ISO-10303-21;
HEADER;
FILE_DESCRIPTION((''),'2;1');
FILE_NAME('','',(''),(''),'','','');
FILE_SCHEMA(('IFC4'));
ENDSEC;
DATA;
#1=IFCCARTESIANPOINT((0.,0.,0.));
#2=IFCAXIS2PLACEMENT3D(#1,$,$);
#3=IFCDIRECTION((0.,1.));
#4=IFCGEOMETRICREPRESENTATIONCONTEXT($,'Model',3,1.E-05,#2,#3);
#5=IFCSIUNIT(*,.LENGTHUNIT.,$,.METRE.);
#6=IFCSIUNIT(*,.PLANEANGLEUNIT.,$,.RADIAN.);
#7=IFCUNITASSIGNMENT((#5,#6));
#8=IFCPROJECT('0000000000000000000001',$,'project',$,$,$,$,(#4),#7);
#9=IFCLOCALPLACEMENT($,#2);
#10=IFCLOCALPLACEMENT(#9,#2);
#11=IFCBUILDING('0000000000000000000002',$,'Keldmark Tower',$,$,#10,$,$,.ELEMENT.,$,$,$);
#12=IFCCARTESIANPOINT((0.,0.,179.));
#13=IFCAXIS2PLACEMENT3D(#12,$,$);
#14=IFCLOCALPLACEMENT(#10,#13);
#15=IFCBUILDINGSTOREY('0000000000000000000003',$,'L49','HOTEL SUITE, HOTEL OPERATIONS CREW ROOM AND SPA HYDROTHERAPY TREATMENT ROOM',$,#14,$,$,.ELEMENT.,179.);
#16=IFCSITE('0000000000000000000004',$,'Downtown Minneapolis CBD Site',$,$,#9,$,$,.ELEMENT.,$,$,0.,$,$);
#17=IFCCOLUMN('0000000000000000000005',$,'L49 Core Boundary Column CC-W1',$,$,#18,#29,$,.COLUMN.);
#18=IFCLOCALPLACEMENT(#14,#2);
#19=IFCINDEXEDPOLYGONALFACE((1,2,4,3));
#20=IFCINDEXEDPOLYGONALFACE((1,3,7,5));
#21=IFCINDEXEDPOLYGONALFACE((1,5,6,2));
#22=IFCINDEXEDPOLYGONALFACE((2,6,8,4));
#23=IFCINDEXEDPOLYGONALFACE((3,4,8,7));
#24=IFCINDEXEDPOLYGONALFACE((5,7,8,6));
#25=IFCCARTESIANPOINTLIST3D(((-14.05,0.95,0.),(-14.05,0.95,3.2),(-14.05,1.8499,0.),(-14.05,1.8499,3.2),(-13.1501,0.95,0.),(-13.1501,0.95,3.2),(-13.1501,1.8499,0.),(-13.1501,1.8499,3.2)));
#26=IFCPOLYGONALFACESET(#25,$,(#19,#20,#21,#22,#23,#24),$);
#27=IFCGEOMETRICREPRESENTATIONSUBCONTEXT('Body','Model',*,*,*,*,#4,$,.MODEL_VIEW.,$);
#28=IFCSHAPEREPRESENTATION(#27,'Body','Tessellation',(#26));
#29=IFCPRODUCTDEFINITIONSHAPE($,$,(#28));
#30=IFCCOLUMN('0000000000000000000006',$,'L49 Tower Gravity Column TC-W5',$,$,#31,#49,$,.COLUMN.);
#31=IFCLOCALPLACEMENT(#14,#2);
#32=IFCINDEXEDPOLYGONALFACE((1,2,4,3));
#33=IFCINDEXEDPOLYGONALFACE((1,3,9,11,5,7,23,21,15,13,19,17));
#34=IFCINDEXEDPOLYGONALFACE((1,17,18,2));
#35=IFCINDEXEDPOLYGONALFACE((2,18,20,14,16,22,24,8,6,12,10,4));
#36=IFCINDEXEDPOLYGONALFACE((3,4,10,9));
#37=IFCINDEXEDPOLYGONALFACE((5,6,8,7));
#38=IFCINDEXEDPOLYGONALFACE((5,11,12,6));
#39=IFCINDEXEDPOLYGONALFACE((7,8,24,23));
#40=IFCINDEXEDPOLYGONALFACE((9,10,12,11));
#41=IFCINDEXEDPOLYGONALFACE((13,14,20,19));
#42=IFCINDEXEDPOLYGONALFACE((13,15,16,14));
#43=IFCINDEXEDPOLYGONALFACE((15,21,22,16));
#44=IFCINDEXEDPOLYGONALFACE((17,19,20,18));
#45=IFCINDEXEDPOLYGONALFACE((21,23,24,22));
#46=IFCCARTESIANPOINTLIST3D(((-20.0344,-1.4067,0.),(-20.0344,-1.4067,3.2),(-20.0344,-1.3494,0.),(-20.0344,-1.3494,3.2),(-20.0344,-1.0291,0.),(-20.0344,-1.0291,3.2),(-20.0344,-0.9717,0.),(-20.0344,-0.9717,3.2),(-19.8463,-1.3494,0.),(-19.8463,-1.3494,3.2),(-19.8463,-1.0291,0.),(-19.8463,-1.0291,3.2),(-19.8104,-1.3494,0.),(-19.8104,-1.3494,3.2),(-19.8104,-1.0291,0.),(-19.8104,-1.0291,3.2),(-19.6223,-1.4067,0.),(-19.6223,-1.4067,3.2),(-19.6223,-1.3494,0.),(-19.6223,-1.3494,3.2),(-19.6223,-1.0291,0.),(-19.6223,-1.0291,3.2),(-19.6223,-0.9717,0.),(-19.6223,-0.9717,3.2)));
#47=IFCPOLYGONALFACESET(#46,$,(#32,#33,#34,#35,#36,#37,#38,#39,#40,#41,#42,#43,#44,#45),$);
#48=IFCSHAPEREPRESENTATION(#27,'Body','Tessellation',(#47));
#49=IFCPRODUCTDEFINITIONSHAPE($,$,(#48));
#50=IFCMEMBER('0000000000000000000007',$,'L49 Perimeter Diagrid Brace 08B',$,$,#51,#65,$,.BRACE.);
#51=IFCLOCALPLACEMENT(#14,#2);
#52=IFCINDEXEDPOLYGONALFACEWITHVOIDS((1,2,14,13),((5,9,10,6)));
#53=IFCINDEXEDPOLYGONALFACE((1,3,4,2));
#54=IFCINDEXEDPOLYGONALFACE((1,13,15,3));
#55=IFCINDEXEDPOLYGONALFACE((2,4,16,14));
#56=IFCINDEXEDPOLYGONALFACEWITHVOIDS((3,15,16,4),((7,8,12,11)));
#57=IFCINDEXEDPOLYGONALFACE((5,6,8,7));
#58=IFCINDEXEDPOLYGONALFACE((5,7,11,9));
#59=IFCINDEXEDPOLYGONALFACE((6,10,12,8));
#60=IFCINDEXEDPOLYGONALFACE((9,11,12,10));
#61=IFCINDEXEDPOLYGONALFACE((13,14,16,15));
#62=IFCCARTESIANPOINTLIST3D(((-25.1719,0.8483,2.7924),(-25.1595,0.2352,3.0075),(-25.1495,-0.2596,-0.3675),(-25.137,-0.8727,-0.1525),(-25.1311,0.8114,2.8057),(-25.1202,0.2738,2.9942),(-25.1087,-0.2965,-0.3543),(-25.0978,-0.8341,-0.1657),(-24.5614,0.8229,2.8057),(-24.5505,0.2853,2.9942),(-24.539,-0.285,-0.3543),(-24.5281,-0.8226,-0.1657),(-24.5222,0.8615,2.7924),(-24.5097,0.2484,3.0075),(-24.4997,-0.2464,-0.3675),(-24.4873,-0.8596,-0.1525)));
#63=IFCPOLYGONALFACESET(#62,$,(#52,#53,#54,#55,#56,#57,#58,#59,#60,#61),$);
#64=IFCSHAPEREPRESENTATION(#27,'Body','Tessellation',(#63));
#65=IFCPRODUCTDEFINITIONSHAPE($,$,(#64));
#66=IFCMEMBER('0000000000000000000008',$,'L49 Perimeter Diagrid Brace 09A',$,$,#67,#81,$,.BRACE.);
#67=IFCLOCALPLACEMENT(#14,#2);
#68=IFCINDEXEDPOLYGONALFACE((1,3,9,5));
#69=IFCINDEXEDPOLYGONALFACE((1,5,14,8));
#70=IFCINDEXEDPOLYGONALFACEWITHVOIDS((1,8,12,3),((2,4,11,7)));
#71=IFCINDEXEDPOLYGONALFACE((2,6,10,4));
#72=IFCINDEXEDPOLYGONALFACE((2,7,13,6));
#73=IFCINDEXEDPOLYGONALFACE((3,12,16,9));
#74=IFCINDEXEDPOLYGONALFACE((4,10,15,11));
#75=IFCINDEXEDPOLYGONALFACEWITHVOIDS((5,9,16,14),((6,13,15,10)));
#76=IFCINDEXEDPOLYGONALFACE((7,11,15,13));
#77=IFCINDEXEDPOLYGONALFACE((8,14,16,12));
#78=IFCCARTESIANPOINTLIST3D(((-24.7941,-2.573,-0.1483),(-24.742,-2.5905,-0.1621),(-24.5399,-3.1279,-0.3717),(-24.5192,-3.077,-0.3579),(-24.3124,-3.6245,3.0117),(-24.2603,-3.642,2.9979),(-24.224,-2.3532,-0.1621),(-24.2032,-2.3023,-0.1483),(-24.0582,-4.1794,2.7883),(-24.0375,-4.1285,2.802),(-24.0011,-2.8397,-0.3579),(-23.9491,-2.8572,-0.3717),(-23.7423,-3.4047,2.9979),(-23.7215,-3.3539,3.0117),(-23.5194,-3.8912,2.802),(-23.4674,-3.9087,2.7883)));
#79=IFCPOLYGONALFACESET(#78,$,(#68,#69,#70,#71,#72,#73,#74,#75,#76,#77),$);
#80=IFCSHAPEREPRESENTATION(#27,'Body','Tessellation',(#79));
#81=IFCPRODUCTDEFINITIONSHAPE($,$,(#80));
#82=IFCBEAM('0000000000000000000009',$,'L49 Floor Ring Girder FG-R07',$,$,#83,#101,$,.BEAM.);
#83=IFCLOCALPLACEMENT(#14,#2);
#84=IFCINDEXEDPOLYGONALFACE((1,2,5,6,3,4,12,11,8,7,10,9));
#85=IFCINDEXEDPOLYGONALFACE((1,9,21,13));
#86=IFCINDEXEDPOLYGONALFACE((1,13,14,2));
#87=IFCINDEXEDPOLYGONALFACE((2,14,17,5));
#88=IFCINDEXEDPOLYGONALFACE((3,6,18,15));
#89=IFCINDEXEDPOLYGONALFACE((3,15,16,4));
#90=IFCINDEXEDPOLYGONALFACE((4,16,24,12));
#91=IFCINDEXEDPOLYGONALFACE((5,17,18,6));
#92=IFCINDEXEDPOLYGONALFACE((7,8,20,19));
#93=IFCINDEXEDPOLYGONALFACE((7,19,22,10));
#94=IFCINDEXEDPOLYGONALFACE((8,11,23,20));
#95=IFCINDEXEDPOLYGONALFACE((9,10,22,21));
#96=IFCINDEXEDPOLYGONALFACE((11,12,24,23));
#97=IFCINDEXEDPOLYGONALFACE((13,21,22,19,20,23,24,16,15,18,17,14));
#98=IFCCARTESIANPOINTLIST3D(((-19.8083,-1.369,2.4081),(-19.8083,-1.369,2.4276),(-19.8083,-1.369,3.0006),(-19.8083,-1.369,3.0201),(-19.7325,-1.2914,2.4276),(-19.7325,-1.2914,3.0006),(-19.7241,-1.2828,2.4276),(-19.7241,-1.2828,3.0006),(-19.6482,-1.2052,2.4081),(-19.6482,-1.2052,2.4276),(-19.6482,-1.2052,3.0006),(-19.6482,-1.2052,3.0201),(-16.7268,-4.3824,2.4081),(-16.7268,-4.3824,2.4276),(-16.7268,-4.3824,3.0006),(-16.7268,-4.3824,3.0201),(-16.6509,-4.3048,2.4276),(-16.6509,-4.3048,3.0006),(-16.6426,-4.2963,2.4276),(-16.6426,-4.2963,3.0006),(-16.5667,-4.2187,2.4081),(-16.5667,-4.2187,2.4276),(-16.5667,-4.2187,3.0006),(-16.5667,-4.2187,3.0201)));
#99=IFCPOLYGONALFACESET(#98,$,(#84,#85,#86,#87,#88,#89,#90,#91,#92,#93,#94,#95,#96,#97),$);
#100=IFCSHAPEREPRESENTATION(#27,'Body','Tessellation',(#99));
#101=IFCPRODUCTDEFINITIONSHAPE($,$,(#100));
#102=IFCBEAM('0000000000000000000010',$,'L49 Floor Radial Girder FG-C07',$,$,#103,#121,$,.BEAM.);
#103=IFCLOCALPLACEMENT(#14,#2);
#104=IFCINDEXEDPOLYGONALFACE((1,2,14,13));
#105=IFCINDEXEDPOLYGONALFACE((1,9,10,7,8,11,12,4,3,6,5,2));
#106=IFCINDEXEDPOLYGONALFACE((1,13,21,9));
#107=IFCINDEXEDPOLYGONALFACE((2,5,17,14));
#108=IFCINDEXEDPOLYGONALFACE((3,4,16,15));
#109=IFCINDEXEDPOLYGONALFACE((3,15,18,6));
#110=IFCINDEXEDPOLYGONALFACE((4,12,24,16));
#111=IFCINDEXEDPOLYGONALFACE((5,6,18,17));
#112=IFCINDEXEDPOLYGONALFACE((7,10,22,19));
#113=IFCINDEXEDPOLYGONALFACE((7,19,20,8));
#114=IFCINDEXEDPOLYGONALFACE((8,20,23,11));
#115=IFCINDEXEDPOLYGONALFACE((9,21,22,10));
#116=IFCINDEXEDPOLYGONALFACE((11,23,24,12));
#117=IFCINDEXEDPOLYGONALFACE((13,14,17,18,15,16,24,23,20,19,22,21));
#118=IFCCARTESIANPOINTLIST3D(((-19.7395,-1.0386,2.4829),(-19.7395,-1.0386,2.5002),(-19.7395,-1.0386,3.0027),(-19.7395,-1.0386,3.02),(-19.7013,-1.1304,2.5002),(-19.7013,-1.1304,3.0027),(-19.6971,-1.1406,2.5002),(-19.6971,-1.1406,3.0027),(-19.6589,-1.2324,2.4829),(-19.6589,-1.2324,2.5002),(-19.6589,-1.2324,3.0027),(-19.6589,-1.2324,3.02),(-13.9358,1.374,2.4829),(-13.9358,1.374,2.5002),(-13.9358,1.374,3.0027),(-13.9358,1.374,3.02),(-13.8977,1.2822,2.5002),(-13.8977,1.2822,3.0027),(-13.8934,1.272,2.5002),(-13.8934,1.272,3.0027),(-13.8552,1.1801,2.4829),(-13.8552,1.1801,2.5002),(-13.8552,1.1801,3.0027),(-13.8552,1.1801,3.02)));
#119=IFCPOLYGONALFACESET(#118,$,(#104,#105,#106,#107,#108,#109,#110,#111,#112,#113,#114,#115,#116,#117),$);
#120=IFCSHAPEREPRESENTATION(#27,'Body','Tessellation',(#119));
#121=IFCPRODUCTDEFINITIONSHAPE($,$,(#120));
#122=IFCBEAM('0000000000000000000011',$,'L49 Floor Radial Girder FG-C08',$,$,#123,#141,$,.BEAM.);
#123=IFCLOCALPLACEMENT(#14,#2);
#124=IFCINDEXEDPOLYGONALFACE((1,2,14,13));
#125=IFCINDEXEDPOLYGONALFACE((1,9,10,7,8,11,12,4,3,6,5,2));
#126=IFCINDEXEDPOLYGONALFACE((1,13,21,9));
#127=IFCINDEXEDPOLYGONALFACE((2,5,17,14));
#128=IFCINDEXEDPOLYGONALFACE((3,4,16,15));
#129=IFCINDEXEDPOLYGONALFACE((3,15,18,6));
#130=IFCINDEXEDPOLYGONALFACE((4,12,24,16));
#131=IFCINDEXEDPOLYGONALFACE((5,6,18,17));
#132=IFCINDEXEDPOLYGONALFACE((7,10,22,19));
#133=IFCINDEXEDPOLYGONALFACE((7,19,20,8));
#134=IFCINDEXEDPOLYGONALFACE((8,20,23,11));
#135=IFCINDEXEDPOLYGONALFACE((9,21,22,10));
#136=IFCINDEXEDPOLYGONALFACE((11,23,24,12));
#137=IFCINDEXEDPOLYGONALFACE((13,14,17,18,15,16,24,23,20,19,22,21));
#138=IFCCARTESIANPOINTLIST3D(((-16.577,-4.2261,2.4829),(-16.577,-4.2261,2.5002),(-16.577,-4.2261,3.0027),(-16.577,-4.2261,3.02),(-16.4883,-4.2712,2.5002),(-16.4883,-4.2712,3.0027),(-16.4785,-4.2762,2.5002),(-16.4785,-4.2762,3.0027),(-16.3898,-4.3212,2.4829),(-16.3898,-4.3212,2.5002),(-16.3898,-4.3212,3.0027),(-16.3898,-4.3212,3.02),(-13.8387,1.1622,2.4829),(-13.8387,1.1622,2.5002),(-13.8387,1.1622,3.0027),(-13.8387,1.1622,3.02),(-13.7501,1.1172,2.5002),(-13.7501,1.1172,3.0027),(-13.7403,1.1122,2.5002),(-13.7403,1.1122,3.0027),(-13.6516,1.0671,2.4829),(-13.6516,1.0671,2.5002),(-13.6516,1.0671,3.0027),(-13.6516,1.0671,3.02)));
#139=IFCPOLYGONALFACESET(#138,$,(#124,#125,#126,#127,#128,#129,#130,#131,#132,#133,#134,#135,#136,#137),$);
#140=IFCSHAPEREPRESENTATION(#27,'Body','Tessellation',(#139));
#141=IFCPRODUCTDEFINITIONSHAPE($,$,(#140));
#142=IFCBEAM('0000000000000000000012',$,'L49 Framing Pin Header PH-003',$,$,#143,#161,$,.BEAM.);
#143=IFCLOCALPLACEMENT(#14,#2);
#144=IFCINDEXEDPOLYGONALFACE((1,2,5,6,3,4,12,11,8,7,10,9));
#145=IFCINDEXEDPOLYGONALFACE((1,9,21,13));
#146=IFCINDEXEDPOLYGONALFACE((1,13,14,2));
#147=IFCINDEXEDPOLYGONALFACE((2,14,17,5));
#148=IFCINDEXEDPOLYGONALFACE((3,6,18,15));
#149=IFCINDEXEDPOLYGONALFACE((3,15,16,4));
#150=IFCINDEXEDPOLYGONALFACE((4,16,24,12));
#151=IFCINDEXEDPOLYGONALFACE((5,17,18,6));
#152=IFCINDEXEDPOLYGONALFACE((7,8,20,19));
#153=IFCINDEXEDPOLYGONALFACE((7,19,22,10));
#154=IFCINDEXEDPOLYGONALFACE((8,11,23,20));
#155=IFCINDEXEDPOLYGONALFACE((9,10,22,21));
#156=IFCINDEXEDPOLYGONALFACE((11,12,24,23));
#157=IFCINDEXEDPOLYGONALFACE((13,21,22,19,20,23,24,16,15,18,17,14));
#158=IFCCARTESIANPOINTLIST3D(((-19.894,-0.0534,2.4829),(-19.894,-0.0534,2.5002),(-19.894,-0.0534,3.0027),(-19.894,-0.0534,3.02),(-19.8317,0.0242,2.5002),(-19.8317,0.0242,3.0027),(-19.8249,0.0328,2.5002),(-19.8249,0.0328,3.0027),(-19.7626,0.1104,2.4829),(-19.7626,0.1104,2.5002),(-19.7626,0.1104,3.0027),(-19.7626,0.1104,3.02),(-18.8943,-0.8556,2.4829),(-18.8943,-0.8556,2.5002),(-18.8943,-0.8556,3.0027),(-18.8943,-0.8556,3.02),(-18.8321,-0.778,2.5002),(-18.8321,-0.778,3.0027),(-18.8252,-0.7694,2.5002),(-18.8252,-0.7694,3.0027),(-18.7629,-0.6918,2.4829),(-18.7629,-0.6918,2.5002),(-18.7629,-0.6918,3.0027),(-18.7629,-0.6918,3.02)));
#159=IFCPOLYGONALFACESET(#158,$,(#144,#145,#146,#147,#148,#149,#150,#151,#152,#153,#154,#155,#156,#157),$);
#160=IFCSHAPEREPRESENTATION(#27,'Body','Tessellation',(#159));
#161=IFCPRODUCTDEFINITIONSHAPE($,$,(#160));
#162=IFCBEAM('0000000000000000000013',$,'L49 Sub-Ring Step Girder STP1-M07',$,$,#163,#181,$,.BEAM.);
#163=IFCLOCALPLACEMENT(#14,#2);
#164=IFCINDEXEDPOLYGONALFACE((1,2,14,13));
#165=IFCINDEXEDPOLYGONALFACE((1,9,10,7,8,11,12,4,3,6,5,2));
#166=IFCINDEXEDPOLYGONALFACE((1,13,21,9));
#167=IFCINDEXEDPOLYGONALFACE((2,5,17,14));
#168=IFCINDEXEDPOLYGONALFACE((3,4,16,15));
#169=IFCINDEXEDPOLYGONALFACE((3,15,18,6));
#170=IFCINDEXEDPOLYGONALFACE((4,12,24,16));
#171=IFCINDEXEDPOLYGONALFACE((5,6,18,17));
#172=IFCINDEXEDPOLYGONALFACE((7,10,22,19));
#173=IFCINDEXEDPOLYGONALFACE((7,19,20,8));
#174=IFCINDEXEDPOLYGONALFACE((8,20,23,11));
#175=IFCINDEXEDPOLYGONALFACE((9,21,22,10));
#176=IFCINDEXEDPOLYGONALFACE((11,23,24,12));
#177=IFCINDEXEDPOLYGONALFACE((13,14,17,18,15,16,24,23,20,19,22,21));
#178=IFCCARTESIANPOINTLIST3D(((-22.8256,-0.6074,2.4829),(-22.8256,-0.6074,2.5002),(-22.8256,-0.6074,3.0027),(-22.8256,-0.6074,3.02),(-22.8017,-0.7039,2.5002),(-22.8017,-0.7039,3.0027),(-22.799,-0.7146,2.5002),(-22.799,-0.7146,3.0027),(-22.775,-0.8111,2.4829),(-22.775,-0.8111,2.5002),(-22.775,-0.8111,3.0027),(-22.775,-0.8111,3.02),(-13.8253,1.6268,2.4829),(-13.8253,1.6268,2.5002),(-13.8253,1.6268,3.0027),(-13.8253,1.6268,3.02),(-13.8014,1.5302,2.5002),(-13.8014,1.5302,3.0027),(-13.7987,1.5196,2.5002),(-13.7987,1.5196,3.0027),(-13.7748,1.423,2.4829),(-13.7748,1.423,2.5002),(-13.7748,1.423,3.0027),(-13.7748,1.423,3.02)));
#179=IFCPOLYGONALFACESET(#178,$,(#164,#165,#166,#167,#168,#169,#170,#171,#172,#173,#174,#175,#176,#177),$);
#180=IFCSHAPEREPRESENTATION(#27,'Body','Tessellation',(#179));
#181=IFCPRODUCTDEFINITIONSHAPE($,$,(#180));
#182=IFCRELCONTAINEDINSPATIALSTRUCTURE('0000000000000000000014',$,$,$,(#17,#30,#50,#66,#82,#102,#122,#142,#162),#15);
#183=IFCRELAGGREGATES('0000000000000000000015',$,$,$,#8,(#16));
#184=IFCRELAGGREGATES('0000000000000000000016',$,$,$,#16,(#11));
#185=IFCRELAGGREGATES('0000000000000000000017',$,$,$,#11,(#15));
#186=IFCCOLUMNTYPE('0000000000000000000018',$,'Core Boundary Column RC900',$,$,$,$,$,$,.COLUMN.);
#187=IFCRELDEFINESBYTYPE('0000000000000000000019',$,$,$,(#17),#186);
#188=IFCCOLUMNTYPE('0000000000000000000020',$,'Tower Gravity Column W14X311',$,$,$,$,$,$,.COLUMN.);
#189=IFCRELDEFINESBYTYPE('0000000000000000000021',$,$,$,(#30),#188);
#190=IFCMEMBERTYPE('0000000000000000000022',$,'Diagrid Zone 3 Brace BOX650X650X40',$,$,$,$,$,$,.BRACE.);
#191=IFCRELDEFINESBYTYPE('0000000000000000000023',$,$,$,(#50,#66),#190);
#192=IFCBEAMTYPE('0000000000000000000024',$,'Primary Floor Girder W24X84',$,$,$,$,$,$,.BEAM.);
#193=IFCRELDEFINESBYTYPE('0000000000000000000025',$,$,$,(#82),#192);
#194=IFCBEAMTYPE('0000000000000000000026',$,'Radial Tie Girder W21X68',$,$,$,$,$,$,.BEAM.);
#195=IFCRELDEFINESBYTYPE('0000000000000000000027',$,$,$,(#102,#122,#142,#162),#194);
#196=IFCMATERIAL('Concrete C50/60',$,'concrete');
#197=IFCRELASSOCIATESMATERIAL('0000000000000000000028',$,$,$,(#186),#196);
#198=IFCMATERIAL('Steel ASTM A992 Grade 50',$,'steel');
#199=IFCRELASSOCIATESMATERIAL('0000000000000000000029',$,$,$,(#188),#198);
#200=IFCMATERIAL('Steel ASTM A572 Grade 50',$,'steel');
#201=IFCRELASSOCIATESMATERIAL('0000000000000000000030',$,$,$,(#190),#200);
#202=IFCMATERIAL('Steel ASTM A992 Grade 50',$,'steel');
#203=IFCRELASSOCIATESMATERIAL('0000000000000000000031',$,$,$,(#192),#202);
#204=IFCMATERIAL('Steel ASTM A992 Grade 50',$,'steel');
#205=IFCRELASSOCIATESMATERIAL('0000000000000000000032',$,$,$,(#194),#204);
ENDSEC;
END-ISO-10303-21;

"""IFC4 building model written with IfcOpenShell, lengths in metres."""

from ifc_helpers import new_model, si_unit, direction, frame, origin, origin_2d, place, context, subcontext, project, spatial, rectangle, hollow_rectangle, i_section, extrude, material, material_profile, profile_set, type_object, element, save


model = new_model("IFC4")

# Units and contexts
model_context = context("Model", 3, precision=1e-05, world=origin(), true_north=direction((0.0, 1.0)))
body_context = subcontext(model_context, "Body", "Model", "MODEL_VIEW")
ifc_project = project(units=[si_unit("LENGTHUNIT", "METRE"), si_unit("PLANEANGLEUNIT", "RADIAN")], contexts=[model_context])

# Site, building, storey
site_placement = place(None, origin())
site = spatial("IfcSite", under=ifc_project, at=site_placement, Name="Downtown Minneapolis CBD Site", CompositionType="ELEMENT", RefElevation=0.0)
building_placement = place(site_placement, origin())
building = spatial("IfcBuilding", under=site, at=building_placement, Name="Keldmark Tower", CompositionType="ELEMENT")
storey_placement = place(building_placement, frame((0.0, 0.0, 179.0)))
storey = spatial("IfcBuildingStorey", under=building, at=storey_placement, Name="L49", Description="HOTEL SUITE, HOTEL OPERATIONS CREW ROOM AND SPA HYDROTHERAPY TREATMENT ROOM", CompositionType="ELEMENT", Elevation=179.0)

# Columns
ifc_material_1 = material(Name="Concrete C50/60", Category="concrete")
ifc_material_profile_1 = material_profile(ifc_material_1, rectangle(XDim=0.8999, YDim=0.8999, at=origin_2d()), Name="RC900X900")
ifc_profile_set_1 = profile_set([ifc_material_profile_1], Name="Concrete C50/60")
column_type_1 = type_object("IfcColumnType", Name="Core Boundary Column RC900", PredefinedType="COLUMN", material=ifc_profile_set_1)
column_1_placement = place(storey_placement, frame((-13.6001, 1.3999, 0.0), z_axis=(0.0, 0.0, 1.0), x_axis=(1.0, 0.0, 0.0)))
element("IfcColumn", 1, at=column_1_placement, inside=storey, type_object=column_type_1, Name="L49 Core Boundary Column CC-W1", PredefinedType="COLUMN", context=body_context, shape_type="SweptSolid", body=[
    extrude(rectangle(XDim=0.8999, YDim=0.8999, at=origin_2d()), origin(), (0.0, 0.0, 1.0), 3.2),
])
ifc_material_2 = material(Name="Steel ASTM A992 Grade 50", Category="steel")
ifc_material_profile_2 = material_profile(ifc_material_2, i_section(OverallWidth=0.4121, OverallDepth=0.4351, WebThickness=0.0359, FlangeThickness=0.0574, at=origin_2d()), Name="W14X311")
ifc_profile_set_2 = profile_set([ifc_material_profile_2], Name="Steel ASTM A992 Grade 50")
column_type_2 = type_object("IfcColumnType", Name="Tower Gravity Column W14X311", PredefinedType="COLUMN", material=ifc_profile_set_2)
column_2_placement = place(storey_placement, frame((-19.8284, -1.1892, 0.0), z_axis=(0.0, 0.0, 1.0), x_axis=(1.0, 0.0, 0.0)))
element("IfcColumn", 2, at=column_2_placement, inside=storey, type_object=column_type_2, Name="L49 Tower Gravity Column TC-W5", PredefinedType="COLUMN", context=body_context, shape_type="SweptSolid", body=[
    extrude(i_section(OverallWidth=0.4121, OverallDepth=0.4351, WebThickness=0.0359, FlangeThickness=0.0574, at=origin_2d()), origin(), (0.0, 0.0, 1.0), 3.2),
])

# Members
ifc_material_3 = material(Name="Steel ASTM A572 Grade 50", Category="steel")
ifc_material_profile_3 = material_profile(ifc_material_3, hollow_rectangle(XDim=0.6499, YDim=0.6499, WallThickness=0.04, at=origin_2d()), Name="BOX650X650X40")
ifc_profile_set_3 = profile_set([ifc_material_profile_3], Name="Steel ASTM A572 Grade 50")
member_type = type_object("IfcMemberType", Name="Diagrid Zone 3 Brace BOX650X650X40", PredefinedType="BRACE", material=ifc_profile_set_3)
member_1_placement = place(storey_placement, frame((-24.8184, -0.5596, -0.26), z_axis=(-0.006708, 0.330859, 0.943656), x_axis=(-0.999795, -0.020269, 0.0)))
element("IfcMember", 3, at=member_1_placement, inside=storey, type_object=member_type, Name="L49 Perimeter Diagrid Brace 08B", PredefinedType="BRACE", context=body_context, shape_type="SweptSolid", body=[
    extrude(hollow_rectangle(XDim=0.6499, YDim=0.6499, WallThickness=0.04, at=origin_2d()), origin(), (0.0, 0.0, 1.0), 3.3486),
])
member_2_placement = place(storey_placement, frame((-24.3716, -2.7151, -0.26), z_axis=(0.14315, -0.312492, 0.939072), x_axis=(0.909148, 0.416473, 0.0)))
element("IfcMember", 4, at=member_2_placement, inside=storey, type_object=member_type, Name="L49 Perimeter Diagrid Brace 09A", PredefinedType="BRACE", context=body_context, shape_type="SweptSolid", body=[
    extrude(hollow_rectangle(XDim=0.6499, YDim=0.6499, WallThickness=0.04, at=origin_2d()), origin(), (0.0, 0.0, 1.0), 3.365),
])

# Beams
ifc_material_4 = material(Name="Steel ASTM A992 Grade 50", Category="steel")
ifc_material_profile_4 = material_profile(ifc_material_4, i_section(OverallWidth=0.229, OverallDepth=0.6121, WebThickness=0.012, FlangeThickness=0.0195, at=origin_2d()), Name="W24X84")
ifc_profile_set_4 = profile_set([ifc_material_profile_4], Name="Steel ASTM A992 Grade 50")
beam_type_1 = type_object("IfcBeamType", Name="Primary Floor Girder W24X84", PredefinedType="BEAM", material=ifc_profile_set_4)
beam_1_placement = place(storey_placement, frame((-19.7283, -1.2871, 2.7141), z_axis=(0.714965, -0.699161, 0.0), x_axis=(0.699161, 0.714965, 0.0)))
element("IfcBeam", 5, at=beam_1_placement, inside=storey, type_object=beam_type_1, Name="L49 Floor Ring Girder FG-R07", PredefinedType="BEAM", context=body_context, shape_type="SweptSolid", body=[
    extrude(i_section(OverallWidth=0.229, OverallDepth=0.6121, WebThickness=0.012, FlangeThickness=0.0195, at=origin_2d()), origin(), (0.0, 0.0, 1.0), 4.3101),
])
ifc_material_5 = material(Name="Steel ASTM A992 Grade 50", Category="steel")
ifc_material_profile_5 = material_profile(ifc_material_5, i_section(OverallWidth=0.21, OverallDepth=0.5371, WebThickness=0.011, FlangeThickness=0.0173, at=origin_2d()), Name="W21X68")
ifc_profile_set_5 = profile_set([ifc_material_profile_5], Name="Steel ASTM A992 Grade 50")
beam_type_2 = type_object("IfcBeamType", Name="Radial Tie Girder W21X68", PredefinedType="BEAM", material=ifc_profile_set_5)
beam_2_placement = place(storey_placement, frame((-19.6992, -1.1355, 2.7515), z_axis=(0.923394, 0.383854, 0.0), x_axis=(-0.383854, 0.923394, 0.0)))
element("IfcBeam", 6, at=beam_2_placement, inside=storey, type_object=beam_type_2, Name="L49 Floor Radial Girder FG-C07", PredefinedType="BEAM", context=body_context, shape_type="SweptSolid", body=[
    extrude(i_section(OverallWidth=0.21, OverallDepth=0.5371, WebThickness=0.011, FlangeThickness=0.0173, at=origin_2d()), origin(), (0.0, 0.0, 1.0), 6.2852),
])
beam_3_placement = place(storey_placement, frame((-16.4834, -4.2737, 2.7515), z_axis=(0.453037, 0.891492, 0.0), x_axis=(-0.891492, 0.453037, 0.0)))
element("IfcBeam", 7, at=beam_3_placement, inside=storey, type_object=beam_type_2, Name="L49 Floor Radial Girder FG-C08", PredefinedType="BEAM", context=body_context, shape_type="SweptSolid", body=[
    extrude(i_section(OverallWidth=0.21, OverallDepth=0.5371, WebThickness=0.011, FlangeThickness=0.0173, at=origin_2d()), origin(), (0.0, 0.0, 1.0), 6.0442),
])
beam_4_placement = place(storey_placement, frame((-18.8286, -0.7737, 2.7515), z_axis=(-0.779939, 0.625856, 0.0), x_axis=(-0.625856, -0.779939, 0.0)))
element("IfcBeam", 8, at=beam_4_placement, inside=storey, type_object=beam_type_2, Name="L49 Framing Pin Header PH-003", PredefinedType="BEAM", context=body_context, shape_type="SweptSolid", body=[
    extrude(i_section(OverallWidth=0.21, OverallDepth=0.5371, WebThickness=0.011, FlangeThickness=0.0173, at=origin_2d()), origin(), (0.0, 0.0, 1.0), 1.2817),
])
beam_5_placement = place(storey_placement, frame((-13.8, 1.5249, 2.7515), z_axis=(-0.970545, -0.240918, 0.0), x_axis=(0.240918, -0.970545, 0.0)))
element("IfcBeam", 9, at=beam_5_placement, inside=storey, type_object=beam_type_2, Name="L49 Sub-Ring Step Girder STP1-M07", PredefinedType="BEAM", context=body_context, shape_type="SweptSolid", body=[
    extrude(i_section(OverallWidth=0.21, OverallDepth=0.5371, WebThickness=0.011, FlangeThickness=0.0173, at=origin_2d()), origin(), (0.0, 0.0, 1.0), 9.2734),
])

save(model, "model.ifc")
